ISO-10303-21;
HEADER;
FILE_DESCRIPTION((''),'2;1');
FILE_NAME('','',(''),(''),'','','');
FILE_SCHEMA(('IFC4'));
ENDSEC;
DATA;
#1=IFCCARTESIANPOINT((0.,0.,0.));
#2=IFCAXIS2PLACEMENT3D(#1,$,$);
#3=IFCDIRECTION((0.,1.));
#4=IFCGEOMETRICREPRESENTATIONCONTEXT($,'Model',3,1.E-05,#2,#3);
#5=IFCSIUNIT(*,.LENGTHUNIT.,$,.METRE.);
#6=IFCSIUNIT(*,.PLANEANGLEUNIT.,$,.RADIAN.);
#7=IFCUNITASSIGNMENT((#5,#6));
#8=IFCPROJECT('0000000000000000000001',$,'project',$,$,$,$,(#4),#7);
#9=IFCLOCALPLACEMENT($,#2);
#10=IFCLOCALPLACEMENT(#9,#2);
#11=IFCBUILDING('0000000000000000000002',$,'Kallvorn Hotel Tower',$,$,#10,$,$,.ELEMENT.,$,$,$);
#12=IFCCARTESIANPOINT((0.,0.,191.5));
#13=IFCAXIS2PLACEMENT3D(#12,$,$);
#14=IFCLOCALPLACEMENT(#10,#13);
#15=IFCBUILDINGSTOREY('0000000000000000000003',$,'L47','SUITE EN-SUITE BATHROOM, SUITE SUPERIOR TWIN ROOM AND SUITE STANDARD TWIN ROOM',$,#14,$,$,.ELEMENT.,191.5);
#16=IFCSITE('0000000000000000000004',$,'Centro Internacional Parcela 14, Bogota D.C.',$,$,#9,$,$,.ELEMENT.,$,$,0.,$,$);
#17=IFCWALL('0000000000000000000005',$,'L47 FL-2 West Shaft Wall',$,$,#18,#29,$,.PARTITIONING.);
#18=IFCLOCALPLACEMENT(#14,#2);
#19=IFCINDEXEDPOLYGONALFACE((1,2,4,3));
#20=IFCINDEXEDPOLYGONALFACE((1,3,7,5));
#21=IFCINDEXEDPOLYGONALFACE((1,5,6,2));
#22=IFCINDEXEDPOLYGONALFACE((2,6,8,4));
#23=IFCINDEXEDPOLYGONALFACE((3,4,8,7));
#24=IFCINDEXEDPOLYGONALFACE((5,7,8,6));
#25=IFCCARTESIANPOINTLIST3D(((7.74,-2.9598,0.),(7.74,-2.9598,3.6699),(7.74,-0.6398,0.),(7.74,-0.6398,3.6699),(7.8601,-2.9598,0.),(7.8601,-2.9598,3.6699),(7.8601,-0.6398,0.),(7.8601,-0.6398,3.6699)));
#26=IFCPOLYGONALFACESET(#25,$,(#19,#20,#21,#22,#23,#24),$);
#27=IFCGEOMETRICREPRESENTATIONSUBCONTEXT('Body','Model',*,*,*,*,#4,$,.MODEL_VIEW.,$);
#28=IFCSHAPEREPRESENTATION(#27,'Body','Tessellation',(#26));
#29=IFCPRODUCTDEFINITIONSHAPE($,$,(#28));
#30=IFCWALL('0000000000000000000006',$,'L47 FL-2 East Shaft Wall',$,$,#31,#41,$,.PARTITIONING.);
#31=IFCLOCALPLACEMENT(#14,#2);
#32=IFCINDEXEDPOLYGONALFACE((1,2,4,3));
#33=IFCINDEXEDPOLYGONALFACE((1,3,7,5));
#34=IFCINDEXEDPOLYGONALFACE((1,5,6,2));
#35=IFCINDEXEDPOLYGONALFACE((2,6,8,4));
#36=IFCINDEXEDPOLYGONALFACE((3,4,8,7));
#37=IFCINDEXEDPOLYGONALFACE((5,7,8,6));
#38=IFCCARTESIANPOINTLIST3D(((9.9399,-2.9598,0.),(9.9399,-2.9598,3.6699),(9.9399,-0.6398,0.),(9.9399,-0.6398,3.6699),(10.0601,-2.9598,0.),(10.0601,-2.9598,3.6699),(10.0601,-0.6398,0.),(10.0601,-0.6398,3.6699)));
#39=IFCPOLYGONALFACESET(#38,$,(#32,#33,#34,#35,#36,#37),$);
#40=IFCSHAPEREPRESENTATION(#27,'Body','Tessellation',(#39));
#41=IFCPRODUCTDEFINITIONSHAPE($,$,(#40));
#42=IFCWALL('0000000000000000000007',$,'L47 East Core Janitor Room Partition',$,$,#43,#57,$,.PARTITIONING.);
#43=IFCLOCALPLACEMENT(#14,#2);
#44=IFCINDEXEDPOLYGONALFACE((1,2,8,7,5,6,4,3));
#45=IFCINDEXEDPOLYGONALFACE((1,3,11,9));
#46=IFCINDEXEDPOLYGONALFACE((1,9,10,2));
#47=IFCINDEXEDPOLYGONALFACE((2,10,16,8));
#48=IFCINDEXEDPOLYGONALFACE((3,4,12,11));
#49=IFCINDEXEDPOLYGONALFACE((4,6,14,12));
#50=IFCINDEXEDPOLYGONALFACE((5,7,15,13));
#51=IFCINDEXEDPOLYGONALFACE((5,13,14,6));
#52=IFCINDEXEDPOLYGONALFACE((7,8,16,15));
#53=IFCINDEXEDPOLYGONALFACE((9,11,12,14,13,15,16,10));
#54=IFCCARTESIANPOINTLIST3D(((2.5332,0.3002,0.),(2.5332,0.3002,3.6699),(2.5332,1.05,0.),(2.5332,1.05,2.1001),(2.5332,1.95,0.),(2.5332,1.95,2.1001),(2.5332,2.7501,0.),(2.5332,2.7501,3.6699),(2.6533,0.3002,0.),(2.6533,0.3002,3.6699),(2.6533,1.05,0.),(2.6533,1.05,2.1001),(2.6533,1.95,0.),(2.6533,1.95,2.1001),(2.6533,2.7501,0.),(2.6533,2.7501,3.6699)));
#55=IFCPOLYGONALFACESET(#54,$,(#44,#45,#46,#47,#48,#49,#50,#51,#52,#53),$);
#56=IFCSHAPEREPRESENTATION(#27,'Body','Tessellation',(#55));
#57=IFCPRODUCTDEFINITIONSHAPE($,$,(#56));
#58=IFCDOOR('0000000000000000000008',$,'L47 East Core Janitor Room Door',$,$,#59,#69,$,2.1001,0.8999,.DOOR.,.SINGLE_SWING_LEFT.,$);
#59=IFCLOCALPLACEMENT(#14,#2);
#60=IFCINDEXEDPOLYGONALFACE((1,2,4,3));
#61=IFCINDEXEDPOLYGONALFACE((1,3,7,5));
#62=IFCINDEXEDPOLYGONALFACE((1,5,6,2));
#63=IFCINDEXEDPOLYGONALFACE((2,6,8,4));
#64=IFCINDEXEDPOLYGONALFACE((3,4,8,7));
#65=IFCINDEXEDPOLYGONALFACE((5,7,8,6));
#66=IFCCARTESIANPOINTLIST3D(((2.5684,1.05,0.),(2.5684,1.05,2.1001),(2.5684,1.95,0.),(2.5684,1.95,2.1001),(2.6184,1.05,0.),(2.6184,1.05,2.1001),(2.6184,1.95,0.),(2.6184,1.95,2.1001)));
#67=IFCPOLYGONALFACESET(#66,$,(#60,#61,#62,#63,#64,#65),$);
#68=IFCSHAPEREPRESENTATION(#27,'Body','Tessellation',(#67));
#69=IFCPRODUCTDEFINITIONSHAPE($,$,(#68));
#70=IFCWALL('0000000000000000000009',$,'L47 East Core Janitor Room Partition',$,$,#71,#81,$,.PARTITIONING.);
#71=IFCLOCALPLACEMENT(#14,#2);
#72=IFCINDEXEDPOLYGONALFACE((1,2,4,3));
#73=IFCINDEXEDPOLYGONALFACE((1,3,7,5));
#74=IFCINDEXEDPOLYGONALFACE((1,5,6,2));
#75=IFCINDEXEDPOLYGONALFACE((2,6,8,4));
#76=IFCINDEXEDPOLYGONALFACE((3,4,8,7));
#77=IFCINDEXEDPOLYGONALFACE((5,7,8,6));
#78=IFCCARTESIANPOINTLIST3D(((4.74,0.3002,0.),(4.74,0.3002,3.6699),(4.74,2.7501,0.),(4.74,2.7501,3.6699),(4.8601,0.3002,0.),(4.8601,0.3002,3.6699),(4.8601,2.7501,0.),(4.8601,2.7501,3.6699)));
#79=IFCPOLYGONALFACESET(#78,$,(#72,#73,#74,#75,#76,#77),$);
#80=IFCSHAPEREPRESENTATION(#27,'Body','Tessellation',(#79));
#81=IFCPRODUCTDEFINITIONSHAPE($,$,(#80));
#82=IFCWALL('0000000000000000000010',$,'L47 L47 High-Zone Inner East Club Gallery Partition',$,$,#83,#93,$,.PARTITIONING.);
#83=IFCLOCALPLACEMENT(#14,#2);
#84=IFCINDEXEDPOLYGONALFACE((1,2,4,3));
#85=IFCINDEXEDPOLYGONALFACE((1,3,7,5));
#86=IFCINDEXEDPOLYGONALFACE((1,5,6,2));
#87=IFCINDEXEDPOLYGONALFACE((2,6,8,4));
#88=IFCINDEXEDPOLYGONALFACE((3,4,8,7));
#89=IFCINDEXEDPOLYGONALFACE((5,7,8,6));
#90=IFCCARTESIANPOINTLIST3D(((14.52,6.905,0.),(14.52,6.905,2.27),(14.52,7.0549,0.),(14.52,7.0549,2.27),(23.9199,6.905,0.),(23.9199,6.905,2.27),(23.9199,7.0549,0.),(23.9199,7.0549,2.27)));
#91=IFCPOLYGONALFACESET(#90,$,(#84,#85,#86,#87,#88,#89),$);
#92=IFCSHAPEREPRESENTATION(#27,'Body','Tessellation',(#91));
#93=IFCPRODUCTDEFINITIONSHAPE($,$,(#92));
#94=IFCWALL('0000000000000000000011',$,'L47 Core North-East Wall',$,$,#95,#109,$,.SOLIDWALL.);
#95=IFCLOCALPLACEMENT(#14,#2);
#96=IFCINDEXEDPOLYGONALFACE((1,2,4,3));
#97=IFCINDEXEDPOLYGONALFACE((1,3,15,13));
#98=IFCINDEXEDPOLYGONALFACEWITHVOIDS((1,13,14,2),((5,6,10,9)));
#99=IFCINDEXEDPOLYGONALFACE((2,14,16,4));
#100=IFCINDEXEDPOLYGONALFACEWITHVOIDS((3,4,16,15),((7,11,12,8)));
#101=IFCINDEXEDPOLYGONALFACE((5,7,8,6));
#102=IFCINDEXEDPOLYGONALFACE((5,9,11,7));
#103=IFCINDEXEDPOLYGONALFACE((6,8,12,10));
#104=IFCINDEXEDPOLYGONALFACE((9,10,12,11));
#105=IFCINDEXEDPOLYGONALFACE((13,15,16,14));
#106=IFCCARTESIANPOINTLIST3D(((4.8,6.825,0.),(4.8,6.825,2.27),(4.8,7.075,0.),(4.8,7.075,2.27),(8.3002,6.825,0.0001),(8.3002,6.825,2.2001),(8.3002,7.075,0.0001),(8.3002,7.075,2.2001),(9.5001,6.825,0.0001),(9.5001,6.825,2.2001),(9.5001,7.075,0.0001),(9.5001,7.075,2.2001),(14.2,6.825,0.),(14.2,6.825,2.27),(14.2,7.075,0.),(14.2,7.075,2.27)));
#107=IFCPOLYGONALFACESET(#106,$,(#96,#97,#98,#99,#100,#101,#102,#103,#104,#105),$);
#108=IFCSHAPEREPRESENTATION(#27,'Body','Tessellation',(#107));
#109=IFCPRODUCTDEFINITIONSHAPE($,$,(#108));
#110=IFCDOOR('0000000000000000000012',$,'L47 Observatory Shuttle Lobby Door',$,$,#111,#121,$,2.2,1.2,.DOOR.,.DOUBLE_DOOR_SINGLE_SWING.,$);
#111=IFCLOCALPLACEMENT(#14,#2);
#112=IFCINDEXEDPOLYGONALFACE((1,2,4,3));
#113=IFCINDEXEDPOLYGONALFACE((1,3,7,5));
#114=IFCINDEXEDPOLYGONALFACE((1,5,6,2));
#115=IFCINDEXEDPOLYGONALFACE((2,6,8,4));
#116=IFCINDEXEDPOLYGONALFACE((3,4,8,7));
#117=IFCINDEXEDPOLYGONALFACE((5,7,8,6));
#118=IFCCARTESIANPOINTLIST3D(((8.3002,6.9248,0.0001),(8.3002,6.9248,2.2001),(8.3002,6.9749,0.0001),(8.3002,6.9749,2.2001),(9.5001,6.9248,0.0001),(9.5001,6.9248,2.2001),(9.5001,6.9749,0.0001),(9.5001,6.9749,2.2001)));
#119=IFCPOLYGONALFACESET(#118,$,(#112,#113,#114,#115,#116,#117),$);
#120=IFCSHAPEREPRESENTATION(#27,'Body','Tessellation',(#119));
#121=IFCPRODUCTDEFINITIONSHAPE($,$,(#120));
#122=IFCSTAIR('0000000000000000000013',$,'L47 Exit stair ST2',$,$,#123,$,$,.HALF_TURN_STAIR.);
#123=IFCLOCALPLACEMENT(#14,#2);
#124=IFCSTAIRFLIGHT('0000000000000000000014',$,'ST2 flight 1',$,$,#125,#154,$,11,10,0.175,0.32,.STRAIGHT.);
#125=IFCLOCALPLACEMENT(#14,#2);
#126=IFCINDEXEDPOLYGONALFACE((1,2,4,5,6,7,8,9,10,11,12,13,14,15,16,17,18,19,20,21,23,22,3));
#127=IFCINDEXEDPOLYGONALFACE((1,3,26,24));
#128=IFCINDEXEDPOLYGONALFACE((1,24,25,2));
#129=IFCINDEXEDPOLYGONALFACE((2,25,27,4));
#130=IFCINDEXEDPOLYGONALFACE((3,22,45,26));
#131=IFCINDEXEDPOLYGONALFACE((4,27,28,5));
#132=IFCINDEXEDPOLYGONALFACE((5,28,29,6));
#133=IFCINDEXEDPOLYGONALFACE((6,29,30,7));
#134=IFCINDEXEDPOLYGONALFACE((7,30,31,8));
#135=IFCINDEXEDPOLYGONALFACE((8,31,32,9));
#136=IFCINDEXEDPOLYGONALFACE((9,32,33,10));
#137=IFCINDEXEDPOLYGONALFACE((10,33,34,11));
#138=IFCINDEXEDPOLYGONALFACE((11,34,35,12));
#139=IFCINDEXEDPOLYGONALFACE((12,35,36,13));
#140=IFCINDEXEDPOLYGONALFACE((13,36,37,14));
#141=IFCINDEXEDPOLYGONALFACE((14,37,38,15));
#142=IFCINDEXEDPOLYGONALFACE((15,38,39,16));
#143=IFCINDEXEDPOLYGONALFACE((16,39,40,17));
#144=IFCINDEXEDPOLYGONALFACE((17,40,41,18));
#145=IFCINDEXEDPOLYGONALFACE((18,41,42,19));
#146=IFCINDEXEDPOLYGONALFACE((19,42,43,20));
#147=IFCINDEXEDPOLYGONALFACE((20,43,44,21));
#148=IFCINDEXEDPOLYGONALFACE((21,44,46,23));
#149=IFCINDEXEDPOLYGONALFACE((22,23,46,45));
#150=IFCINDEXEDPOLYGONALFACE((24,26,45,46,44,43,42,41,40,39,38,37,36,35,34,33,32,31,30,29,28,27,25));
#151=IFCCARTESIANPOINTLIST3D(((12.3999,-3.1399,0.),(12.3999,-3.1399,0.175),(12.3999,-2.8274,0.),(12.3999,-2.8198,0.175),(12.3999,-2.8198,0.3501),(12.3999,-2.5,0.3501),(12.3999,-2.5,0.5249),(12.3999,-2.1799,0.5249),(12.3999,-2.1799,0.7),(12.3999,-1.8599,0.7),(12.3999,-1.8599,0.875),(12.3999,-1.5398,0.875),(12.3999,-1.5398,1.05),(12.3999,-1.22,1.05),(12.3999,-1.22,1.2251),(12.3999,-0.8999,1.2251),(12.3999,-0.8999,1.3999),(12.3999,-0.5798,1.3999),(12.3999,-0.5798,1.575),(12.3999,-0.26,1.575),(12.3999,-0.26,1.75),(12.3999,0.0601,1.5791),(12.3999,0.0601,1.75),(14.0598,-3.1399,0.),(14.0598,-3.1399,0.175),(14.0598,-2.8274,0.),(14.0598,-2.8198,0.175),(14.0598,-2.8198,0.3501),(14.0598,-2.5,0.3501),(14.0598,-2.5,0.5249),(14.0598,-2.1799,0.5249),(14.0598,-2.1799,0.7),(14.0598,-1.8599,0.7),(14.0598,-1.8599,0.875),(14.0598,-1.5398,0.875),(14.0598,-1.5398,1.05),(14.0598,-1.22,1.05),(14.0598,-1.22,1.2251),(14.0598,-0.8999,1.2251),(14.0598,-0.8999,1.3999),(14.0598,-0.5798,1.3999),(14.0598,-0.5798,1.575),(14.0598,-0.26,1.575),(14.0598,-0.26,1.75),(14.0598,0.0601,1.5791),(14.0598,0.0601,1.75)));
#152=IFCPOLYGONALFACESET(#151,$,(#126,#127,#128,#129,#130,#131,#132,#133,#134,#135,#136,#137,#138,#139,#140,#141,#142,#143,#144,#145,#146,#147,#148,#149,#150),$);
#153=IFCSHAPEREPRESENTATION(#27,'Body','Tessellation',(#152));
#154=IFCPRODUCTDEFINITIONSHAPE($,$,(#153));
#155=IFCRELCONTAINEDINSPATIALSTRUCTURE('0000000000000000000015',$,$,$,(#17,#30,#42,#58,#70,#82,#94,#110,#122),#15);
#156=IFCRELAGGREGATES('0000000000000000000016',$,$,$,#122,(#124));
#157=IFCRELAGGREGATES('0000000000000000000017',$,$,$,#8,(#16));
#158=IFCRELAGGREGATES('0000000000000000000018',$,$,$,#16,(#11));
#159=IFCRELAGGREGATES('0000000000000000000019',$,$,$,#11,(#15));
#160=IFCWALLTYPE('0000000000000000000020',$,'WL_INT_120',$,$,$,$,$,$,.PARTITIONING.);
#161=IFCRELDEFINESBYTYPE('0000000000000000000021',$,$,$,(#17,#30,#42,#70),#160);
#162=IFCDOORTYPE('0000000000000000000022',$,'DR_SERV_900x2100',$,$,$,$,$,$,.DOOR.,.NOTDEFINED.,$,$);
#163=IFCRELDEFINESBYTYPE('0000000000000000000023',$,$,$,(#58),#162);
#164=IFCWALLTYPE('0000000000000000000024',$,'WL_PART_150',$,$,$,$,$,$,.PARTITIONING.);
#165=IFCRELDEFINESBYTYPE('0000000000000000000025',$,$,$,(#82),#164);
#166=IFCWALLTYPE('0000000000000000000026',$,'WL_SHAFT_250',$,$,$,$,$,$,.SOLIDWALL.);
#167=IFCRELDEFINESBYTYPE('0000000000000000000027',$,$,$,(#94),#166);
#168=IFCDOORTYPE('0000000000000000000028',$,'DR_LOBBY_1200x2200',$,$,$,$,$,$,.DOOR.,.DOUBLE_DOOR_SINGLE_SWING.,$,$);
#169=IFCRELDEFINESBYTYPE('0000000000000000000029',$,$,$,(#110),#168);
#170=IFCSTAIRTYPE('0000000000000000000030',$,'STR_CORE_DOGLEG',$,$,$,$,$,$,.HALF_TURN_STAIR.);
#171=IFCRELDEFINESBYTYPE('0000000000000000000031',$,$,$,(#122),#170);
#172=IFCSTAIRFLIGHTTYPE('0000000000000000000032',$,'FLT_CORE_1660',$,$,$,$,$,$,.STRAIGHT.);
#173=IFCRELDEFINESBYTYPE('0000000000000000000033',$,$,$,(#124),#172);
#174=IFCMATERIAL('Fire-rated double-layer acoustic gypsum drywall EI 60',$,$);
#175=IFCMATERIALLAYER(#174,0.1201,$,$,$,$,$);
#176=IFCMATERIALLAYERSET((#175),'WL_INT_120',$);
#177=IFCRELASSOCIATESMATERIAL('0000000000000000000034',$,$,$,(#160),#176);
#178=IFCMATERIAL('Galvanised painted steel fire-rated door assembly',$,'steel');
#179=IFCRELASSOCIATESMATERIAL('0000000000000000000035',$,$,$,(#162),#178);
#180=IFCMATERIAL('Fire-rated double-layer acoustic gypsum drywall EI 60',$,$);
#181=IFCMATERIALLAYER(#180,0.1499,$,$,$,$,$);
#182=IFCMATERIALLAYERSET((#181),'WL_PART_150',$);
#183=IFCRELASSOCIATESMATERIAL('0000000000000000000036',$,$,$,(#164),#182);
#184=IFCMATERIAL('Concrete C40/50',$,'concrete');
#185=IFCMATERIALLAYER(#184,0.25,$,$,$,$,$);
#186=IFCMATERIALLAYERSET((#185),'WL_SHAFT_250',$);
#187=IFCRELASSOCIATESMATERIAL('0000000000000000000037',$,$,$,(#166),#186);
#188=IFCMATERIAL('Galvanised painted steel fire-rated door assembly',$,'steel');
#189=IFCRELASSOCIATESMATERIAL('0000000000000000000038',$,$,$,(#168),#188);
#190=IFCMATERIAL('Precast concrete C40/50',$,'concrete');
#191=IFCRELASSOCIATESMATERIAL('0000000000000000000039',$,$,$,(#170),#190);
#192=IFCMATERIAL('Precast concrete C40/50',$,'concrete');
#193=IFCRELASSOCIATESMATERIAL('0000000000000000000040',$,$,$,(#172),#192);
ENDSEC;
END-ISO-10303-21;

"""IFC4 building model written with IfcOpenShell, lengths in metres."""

from ifc_helpers import new_model, si_unit, direction, frame, frame_2d, origin, place, context, subcontext, project, spatial, polyline, rectangle, outline, extrude, material, layer, layer_set, type_object, element, fill, aggregate, save


model = new_model("IFC4")

# Units and contexts
model_context = context("Model", 3, precision=1e-05, world=origin(), true_north=direction((0.0, 1.0)))
body_context = subcontext(model_context, "Body", "Model", "MODEL_VIEW")
ifc_project = project(units=[si_unit("LENGTHUNIT", "METRE"), si_unit("PLANEANGLEUNIT", "RADIAN")], contexts=[model_context])

# Site, building, storey
site_placement = place(None, origin())
site = spatial("IfcSite", under=ifc_project, at=site_placement, Name="Centro Internacional Parcela 14, Bogota D.C.", CompositionType="ELEMENT", RefElevation=0.0)
building_placement = place(site_placement, origin())
building = spatial("IfcBuilding", under=site, at=building_placement, Name="Kallvorn Hotel Tower", CompositionType="ELEMENT")
storey_placement = place(building_placement, frame((0.0, 0.0, 191.5)))
storey = spatial("IfcBuildingStorey", under=building, at=storey_placement, Name="L47", Description="SUITE EN-SUITE BATHROOM, SUITE SUPERIOR TWIN ROOM AND SUITE STANDARD TWIN ROOM", CompositionType="ELEMENT", Elevation=191.5)

# Walls
ifc_material_1 = material(Name="Fire-rated double-layer acoustic gypsum drywall EI 60")
ifc_layer_1 = layer(ifc_material_1, 0.1201)
ifc_layer_set_1 = layer_set([ifc_layer_1], Name="WL_INT_120")
wall_type_1 = type_object("IfcWallType", Name="WL_INT_120", PredefinedType="PARTITIONING", material=ifc_layer_set_1)
for number, where, z_axis, x_axis, name in (
    (1, (7.8, -2.96, 0.0), (0.0, 0.0, 1.0), (0.0, 1.0, 0.0), "L47 FL-2 West Shaft Wall"),
    (2, (10.0, -2.96, 0.0), (0.0, 0.0, 1.0), (0.0, 1.0, 0.0), "L47 FL-2 East Shaft Wall"),
):
    element("IfcWall", number, at=place(storey_placement, frame(where, z_axis=z_axis, x_axis=x_axis)), inside=storey, type_object=wall_type_1, Name=name, PredefinedType="PARTITIONING", context=body_context, shape_type="SweptSolid", body=[
        extrude(rectangle(XDim=2.3201, YDim=0.1201, at=frame_2d((1.1602, 0.0))), origin(), (0.0, 0.0, 1.0), 3.6699),
    ])

# Wall, opening, door
wall_1_placement = place(storey_placement, frame((2.5933, 0.3, 0.0), z_axis=(0.0, 0.0, 1.0), x_axis=(0.0, 1.0, 0.0)))
wall_1 = element("IfcWall", 3, at=wall_1_placement, inside=storey, type_object=wall_type_1, Name="L47 East Core Janitor Room Partition", PredefinedType="PARTITIONING", context=body_context, shape_type="SweptSolid", body=[
    extrude(rectangle(XDim=2.45, YDim=0.1201, at=frame_2d((1.2251, 0.0))), origin(), (0.0, 0.0, 1.0), 3.6699),
])
opening_1_placement = place(wall_1_placement, frame((0.75, 0.0, 0.0)))
opening_1 = element("IfcOpeningElement", 4, at=opening_1_placement, cuts=wall_1, PredefinedType="OPENING", context=body_context, shape_type="SweptSolid", body=[
    extrude(rectangle(XDim=0.8999, YDim=2.1001, at=frame_2d((0.45, 1.05))), frame((0.0, 0.075, 0.0), z_axis=(0.0, -1.0, 0.0), x_axis=(1.0, 0.0, 0.0)), (0.0, 0.0, 1.0), 0.1501),
])
ifc_material_2 = material(Name="Galvanised painted steel fire-rated door assembly", Category="steel")
door_type_1 = type_object("IfcDoorType", Name="DR_SERV_900x2100", OperationType="NOTDEFINED", PredefinedType="DOOR", material=ifc_material_2)
door_1_placement = place(opening_1_placement, origin())
door_1 = element("IfcDoor", 5, at=door_1_placement, inside=storey, type_object=door_type_1, Name="L47 East Core Janitor Room Door", OperationType="SINGLE_SWING_LEFT", OverallHeight=2.1001, OverallWidth=0.8999, PredefinedType="DOOR", context=body_context, shape_type="SweptSolid", body=[
    extrude(rectangle(XDim=0.8999, YDim=2.1001, at=frame_2d((0.45, 1.05))), frame((0.0, 0.0249, 0.0), z_axis=(0.0, -1.0, 0.0), x_axis=(1.0, 0.0, 0.0)), (0.0, 0.0, 1.0), 0.05),
])
fill(opening_1, door_1)

# Walls
wall_2_placement = place(storey_placement, frame((4.8, 0.3, 0.0), z_axis=(0.0, 0.0, 1.0), x_axis=(0.0, 1.0, 0.0)))
element("IfcWall", 6, at=wall_2_placement, inside=storey, type_object=wall_type_1, Name="L47 East Core Janitor Room Partition", PredefinedType="PARTITIONING", context=body_context, shape_type="SweptSolid", body=[
    extrude(rectangle(XDim=2.45, YDim=0.1201, at=frame_2d((1.2251, 0.0))), origin(), (0.0, 0.0, 1.0), 3.6699),
])
ifc_material_3 = material(Name="Fire-rated double-layer acoustic gypsum drywall EI 60")
ifc_layer_2 = layer(ifc_material_3, 0.1499)
ifc_layer_set_2 = layer_set([ifc_layer_2], Name="WL_PART_150")
wall_type_2 = type_object("IfcWallType", Name="WL_PART_150", PredefinedType="PARTITIONING", material=ifc_layer_set_2)
wall_3_placement = place(storey_placement, frame((14.52, 6.98, 0.0), z_axis=(0.0, 0.0, 1.0), x_axis=(1.0, 0.0, 0.0)))
element("IfcWall", 7, at=wall_3_placement, inside=storey, type_object=wall_type_2, Name="L47 L47 High-Zone Inner East Club Gallery Partition", PredefinedType="PARTITIONING", context=body_context, shape_type="SweptSolid", body=[
    extrude(rectangle(XDim=9.3999, YDim=0.1499, at=frame_2d((4.7, 0.0))), origin(), (0.0, 0.0, 1.0), 2.27),
])

# Wall, opening, door
ifc_material_4 = material(Name="Concrete C40/50", Category="concrete")
ifc_layer_3 = layer(ifc_material_4, 0.25)
ifc_layer_set_3 = layer_set([ifc_layer_3], Name="WL_SHAFT_250")
wall_type_3 = type_object("IfcWallType", Name="WL_SHAFT_250", PredefinedType="SOLIDWALL", material=ifc_layer_set_3)
wall_4_placement = place(storey_placement, frame((4.8, 6.95, 0.0), z_axis=(0.0, 0.0, 1.0), x_axis=(1.0, 0.0, 0.0)))
wall_4 = element("IfcWall", 8, at=wall_4_placement, inside=storey, type_object=wall_type_3, Name="L47 Core North-East Wall", PredefinedType="SOLIDWALL", context=body_context, shape_type="SweptSolid", body=[
    extrude(rectangle(XDim=9.3999, YDim=0.25, at=frame_2d((4.7, 0.0))), origin(), (0.0, 0.0, 1.0), 2.27),
])
opening_2_placement = place(wall_4_placement, frame((3.5, 0.0, 0.0)))
opening_2 = element("IfcOpeningElement", 9, at=opening_2_placement, cuts=wall_4, PredefinedType="OPENING", context=body_context, shape_type="SweptSolid", body=[
    extrude(rectangle(XDim=1.2, YDim=2.2, at=frame_2d((0.6001, 1.1001))), frame((0.0, 0.1399, 0.0), z_axis=(0.0, -1.0, 0.0), x_axis=(1.0, 0.0, 0.0)), (0.0, 0.0, 1.0), 0.28),
])
ifc_material_5 = material(Name="Galvanised painted steel fire-rated door assembly", Category="steel")
door_type_2 = type_object("IfcDoorType", Name="DR_LOBBY_1200x2200", OperationType="DOUBLE_DOOR_SINGLE_SWING", PredefinedType="DOOR", material=ifc_material_5)
door_2_placement = place(opening_2_placement, origin())
door_2 = element("IfcDoor", 10, at=door_2_placement, inside=storey, type_object=door_type_2, Name="L47 Observatory Shuttle Lobby Door", OperationType="DOUBLE_DOOR_SINGLE_SWING", OverallHeight=2.2, OverallWidth=1.2, PredefinedType="DOOR", context=body_context, shape_type="SweptSolid", body=[
    extrude(rectangle(XDim=1.2, YDim=2.2, at=frame_2d((0.6001, 1.1001))), frame((0.0, 0.0249, 0.0), z_axis=(0.0, -1.0, 0.0), x_axis=(1.0, 0.0, 0.0)), (0.0, 0.0, 1.0), 0.05),
])
fill(opening_2, door_2)

# Stair, stair flight
ifc_material_6 = material(Name="Precast concrete C40/50", Category="concrete")
stair_type = type_object("IfcStairType", Name="STR_CORE_DOGLEG", PredefinedType="HALF_TURN_STAIR", material=ifc_material_6)
stair_1_placement = place(storey_placement, origin())
stair_1 = element("IfcStair", 11, at=stair_1_placement, inside=storey, type_object=stair_type, Name="L47 Exit stair ST2", PredefinedType="HALF_TURN_STAIR")
ifc_material_7 = material(Name="Precast concrete C40/50", Category="concrete")
stair_flight_type = type_object("IfcStairFlightType", Name="FLT_CORE_1660", PredefinedType="STRAIGHT", material=ifc_material_7)
stair_flight_1_placement = place(storey_placement, frame((13.23, -3.1399, 0.0), z_axis=(0.0, 0.0, 1.0), x_axis=(0.0, 1.0, 0.0)))
stair_flight_1 = element("IfcStairFlight", 12, at=stair_flight_1_placement, type_object=stair_flight_type, Name="ST2 flight 1", NumberOfRisers=11, NumberOfTreads=10, PredefinedType="STRAIGHT", RiserHeight=0.175, TreadLength=0.32, context=body_context, shape_type="SweptSolid", body=[
    extrude(outline(polyline([(0.0, 0.0), (0.0, 0.175), (0.3201, 0.175), (0.3201, 0.3501), (0.6399, 0.3501), (0.6399, 0.5249), (0.96, 0.5249), (0.96, 0.7), (1.28, 0.7), (1.28, 0.875), (1.6001, 0.875), (1.6001, 1.05), (1.9199, 1.05), (1.9199, 1.2251), (2.24, 1.2251), (2.24, 1.3999), (2.5601, 1.3999), (2.5601, 1.575), (2.8799, 1.575), (2.8799, 1.75), (3.2, 1.75), (3.2, 1.925), (3.2, 1.5791), (0.3125, 0.0), (0.0, 0.0)])), frame((0.0, 0.8301, 0.0), z_axis=(0.0, -1.0, 0.0), x_axis=(1.0, 0.0, 0.0)), (0.0, 0.0, 1.0), 1.6599),
])
aggregate(stair_1, [stair_flight_1])

save(model, "model.ifc")
